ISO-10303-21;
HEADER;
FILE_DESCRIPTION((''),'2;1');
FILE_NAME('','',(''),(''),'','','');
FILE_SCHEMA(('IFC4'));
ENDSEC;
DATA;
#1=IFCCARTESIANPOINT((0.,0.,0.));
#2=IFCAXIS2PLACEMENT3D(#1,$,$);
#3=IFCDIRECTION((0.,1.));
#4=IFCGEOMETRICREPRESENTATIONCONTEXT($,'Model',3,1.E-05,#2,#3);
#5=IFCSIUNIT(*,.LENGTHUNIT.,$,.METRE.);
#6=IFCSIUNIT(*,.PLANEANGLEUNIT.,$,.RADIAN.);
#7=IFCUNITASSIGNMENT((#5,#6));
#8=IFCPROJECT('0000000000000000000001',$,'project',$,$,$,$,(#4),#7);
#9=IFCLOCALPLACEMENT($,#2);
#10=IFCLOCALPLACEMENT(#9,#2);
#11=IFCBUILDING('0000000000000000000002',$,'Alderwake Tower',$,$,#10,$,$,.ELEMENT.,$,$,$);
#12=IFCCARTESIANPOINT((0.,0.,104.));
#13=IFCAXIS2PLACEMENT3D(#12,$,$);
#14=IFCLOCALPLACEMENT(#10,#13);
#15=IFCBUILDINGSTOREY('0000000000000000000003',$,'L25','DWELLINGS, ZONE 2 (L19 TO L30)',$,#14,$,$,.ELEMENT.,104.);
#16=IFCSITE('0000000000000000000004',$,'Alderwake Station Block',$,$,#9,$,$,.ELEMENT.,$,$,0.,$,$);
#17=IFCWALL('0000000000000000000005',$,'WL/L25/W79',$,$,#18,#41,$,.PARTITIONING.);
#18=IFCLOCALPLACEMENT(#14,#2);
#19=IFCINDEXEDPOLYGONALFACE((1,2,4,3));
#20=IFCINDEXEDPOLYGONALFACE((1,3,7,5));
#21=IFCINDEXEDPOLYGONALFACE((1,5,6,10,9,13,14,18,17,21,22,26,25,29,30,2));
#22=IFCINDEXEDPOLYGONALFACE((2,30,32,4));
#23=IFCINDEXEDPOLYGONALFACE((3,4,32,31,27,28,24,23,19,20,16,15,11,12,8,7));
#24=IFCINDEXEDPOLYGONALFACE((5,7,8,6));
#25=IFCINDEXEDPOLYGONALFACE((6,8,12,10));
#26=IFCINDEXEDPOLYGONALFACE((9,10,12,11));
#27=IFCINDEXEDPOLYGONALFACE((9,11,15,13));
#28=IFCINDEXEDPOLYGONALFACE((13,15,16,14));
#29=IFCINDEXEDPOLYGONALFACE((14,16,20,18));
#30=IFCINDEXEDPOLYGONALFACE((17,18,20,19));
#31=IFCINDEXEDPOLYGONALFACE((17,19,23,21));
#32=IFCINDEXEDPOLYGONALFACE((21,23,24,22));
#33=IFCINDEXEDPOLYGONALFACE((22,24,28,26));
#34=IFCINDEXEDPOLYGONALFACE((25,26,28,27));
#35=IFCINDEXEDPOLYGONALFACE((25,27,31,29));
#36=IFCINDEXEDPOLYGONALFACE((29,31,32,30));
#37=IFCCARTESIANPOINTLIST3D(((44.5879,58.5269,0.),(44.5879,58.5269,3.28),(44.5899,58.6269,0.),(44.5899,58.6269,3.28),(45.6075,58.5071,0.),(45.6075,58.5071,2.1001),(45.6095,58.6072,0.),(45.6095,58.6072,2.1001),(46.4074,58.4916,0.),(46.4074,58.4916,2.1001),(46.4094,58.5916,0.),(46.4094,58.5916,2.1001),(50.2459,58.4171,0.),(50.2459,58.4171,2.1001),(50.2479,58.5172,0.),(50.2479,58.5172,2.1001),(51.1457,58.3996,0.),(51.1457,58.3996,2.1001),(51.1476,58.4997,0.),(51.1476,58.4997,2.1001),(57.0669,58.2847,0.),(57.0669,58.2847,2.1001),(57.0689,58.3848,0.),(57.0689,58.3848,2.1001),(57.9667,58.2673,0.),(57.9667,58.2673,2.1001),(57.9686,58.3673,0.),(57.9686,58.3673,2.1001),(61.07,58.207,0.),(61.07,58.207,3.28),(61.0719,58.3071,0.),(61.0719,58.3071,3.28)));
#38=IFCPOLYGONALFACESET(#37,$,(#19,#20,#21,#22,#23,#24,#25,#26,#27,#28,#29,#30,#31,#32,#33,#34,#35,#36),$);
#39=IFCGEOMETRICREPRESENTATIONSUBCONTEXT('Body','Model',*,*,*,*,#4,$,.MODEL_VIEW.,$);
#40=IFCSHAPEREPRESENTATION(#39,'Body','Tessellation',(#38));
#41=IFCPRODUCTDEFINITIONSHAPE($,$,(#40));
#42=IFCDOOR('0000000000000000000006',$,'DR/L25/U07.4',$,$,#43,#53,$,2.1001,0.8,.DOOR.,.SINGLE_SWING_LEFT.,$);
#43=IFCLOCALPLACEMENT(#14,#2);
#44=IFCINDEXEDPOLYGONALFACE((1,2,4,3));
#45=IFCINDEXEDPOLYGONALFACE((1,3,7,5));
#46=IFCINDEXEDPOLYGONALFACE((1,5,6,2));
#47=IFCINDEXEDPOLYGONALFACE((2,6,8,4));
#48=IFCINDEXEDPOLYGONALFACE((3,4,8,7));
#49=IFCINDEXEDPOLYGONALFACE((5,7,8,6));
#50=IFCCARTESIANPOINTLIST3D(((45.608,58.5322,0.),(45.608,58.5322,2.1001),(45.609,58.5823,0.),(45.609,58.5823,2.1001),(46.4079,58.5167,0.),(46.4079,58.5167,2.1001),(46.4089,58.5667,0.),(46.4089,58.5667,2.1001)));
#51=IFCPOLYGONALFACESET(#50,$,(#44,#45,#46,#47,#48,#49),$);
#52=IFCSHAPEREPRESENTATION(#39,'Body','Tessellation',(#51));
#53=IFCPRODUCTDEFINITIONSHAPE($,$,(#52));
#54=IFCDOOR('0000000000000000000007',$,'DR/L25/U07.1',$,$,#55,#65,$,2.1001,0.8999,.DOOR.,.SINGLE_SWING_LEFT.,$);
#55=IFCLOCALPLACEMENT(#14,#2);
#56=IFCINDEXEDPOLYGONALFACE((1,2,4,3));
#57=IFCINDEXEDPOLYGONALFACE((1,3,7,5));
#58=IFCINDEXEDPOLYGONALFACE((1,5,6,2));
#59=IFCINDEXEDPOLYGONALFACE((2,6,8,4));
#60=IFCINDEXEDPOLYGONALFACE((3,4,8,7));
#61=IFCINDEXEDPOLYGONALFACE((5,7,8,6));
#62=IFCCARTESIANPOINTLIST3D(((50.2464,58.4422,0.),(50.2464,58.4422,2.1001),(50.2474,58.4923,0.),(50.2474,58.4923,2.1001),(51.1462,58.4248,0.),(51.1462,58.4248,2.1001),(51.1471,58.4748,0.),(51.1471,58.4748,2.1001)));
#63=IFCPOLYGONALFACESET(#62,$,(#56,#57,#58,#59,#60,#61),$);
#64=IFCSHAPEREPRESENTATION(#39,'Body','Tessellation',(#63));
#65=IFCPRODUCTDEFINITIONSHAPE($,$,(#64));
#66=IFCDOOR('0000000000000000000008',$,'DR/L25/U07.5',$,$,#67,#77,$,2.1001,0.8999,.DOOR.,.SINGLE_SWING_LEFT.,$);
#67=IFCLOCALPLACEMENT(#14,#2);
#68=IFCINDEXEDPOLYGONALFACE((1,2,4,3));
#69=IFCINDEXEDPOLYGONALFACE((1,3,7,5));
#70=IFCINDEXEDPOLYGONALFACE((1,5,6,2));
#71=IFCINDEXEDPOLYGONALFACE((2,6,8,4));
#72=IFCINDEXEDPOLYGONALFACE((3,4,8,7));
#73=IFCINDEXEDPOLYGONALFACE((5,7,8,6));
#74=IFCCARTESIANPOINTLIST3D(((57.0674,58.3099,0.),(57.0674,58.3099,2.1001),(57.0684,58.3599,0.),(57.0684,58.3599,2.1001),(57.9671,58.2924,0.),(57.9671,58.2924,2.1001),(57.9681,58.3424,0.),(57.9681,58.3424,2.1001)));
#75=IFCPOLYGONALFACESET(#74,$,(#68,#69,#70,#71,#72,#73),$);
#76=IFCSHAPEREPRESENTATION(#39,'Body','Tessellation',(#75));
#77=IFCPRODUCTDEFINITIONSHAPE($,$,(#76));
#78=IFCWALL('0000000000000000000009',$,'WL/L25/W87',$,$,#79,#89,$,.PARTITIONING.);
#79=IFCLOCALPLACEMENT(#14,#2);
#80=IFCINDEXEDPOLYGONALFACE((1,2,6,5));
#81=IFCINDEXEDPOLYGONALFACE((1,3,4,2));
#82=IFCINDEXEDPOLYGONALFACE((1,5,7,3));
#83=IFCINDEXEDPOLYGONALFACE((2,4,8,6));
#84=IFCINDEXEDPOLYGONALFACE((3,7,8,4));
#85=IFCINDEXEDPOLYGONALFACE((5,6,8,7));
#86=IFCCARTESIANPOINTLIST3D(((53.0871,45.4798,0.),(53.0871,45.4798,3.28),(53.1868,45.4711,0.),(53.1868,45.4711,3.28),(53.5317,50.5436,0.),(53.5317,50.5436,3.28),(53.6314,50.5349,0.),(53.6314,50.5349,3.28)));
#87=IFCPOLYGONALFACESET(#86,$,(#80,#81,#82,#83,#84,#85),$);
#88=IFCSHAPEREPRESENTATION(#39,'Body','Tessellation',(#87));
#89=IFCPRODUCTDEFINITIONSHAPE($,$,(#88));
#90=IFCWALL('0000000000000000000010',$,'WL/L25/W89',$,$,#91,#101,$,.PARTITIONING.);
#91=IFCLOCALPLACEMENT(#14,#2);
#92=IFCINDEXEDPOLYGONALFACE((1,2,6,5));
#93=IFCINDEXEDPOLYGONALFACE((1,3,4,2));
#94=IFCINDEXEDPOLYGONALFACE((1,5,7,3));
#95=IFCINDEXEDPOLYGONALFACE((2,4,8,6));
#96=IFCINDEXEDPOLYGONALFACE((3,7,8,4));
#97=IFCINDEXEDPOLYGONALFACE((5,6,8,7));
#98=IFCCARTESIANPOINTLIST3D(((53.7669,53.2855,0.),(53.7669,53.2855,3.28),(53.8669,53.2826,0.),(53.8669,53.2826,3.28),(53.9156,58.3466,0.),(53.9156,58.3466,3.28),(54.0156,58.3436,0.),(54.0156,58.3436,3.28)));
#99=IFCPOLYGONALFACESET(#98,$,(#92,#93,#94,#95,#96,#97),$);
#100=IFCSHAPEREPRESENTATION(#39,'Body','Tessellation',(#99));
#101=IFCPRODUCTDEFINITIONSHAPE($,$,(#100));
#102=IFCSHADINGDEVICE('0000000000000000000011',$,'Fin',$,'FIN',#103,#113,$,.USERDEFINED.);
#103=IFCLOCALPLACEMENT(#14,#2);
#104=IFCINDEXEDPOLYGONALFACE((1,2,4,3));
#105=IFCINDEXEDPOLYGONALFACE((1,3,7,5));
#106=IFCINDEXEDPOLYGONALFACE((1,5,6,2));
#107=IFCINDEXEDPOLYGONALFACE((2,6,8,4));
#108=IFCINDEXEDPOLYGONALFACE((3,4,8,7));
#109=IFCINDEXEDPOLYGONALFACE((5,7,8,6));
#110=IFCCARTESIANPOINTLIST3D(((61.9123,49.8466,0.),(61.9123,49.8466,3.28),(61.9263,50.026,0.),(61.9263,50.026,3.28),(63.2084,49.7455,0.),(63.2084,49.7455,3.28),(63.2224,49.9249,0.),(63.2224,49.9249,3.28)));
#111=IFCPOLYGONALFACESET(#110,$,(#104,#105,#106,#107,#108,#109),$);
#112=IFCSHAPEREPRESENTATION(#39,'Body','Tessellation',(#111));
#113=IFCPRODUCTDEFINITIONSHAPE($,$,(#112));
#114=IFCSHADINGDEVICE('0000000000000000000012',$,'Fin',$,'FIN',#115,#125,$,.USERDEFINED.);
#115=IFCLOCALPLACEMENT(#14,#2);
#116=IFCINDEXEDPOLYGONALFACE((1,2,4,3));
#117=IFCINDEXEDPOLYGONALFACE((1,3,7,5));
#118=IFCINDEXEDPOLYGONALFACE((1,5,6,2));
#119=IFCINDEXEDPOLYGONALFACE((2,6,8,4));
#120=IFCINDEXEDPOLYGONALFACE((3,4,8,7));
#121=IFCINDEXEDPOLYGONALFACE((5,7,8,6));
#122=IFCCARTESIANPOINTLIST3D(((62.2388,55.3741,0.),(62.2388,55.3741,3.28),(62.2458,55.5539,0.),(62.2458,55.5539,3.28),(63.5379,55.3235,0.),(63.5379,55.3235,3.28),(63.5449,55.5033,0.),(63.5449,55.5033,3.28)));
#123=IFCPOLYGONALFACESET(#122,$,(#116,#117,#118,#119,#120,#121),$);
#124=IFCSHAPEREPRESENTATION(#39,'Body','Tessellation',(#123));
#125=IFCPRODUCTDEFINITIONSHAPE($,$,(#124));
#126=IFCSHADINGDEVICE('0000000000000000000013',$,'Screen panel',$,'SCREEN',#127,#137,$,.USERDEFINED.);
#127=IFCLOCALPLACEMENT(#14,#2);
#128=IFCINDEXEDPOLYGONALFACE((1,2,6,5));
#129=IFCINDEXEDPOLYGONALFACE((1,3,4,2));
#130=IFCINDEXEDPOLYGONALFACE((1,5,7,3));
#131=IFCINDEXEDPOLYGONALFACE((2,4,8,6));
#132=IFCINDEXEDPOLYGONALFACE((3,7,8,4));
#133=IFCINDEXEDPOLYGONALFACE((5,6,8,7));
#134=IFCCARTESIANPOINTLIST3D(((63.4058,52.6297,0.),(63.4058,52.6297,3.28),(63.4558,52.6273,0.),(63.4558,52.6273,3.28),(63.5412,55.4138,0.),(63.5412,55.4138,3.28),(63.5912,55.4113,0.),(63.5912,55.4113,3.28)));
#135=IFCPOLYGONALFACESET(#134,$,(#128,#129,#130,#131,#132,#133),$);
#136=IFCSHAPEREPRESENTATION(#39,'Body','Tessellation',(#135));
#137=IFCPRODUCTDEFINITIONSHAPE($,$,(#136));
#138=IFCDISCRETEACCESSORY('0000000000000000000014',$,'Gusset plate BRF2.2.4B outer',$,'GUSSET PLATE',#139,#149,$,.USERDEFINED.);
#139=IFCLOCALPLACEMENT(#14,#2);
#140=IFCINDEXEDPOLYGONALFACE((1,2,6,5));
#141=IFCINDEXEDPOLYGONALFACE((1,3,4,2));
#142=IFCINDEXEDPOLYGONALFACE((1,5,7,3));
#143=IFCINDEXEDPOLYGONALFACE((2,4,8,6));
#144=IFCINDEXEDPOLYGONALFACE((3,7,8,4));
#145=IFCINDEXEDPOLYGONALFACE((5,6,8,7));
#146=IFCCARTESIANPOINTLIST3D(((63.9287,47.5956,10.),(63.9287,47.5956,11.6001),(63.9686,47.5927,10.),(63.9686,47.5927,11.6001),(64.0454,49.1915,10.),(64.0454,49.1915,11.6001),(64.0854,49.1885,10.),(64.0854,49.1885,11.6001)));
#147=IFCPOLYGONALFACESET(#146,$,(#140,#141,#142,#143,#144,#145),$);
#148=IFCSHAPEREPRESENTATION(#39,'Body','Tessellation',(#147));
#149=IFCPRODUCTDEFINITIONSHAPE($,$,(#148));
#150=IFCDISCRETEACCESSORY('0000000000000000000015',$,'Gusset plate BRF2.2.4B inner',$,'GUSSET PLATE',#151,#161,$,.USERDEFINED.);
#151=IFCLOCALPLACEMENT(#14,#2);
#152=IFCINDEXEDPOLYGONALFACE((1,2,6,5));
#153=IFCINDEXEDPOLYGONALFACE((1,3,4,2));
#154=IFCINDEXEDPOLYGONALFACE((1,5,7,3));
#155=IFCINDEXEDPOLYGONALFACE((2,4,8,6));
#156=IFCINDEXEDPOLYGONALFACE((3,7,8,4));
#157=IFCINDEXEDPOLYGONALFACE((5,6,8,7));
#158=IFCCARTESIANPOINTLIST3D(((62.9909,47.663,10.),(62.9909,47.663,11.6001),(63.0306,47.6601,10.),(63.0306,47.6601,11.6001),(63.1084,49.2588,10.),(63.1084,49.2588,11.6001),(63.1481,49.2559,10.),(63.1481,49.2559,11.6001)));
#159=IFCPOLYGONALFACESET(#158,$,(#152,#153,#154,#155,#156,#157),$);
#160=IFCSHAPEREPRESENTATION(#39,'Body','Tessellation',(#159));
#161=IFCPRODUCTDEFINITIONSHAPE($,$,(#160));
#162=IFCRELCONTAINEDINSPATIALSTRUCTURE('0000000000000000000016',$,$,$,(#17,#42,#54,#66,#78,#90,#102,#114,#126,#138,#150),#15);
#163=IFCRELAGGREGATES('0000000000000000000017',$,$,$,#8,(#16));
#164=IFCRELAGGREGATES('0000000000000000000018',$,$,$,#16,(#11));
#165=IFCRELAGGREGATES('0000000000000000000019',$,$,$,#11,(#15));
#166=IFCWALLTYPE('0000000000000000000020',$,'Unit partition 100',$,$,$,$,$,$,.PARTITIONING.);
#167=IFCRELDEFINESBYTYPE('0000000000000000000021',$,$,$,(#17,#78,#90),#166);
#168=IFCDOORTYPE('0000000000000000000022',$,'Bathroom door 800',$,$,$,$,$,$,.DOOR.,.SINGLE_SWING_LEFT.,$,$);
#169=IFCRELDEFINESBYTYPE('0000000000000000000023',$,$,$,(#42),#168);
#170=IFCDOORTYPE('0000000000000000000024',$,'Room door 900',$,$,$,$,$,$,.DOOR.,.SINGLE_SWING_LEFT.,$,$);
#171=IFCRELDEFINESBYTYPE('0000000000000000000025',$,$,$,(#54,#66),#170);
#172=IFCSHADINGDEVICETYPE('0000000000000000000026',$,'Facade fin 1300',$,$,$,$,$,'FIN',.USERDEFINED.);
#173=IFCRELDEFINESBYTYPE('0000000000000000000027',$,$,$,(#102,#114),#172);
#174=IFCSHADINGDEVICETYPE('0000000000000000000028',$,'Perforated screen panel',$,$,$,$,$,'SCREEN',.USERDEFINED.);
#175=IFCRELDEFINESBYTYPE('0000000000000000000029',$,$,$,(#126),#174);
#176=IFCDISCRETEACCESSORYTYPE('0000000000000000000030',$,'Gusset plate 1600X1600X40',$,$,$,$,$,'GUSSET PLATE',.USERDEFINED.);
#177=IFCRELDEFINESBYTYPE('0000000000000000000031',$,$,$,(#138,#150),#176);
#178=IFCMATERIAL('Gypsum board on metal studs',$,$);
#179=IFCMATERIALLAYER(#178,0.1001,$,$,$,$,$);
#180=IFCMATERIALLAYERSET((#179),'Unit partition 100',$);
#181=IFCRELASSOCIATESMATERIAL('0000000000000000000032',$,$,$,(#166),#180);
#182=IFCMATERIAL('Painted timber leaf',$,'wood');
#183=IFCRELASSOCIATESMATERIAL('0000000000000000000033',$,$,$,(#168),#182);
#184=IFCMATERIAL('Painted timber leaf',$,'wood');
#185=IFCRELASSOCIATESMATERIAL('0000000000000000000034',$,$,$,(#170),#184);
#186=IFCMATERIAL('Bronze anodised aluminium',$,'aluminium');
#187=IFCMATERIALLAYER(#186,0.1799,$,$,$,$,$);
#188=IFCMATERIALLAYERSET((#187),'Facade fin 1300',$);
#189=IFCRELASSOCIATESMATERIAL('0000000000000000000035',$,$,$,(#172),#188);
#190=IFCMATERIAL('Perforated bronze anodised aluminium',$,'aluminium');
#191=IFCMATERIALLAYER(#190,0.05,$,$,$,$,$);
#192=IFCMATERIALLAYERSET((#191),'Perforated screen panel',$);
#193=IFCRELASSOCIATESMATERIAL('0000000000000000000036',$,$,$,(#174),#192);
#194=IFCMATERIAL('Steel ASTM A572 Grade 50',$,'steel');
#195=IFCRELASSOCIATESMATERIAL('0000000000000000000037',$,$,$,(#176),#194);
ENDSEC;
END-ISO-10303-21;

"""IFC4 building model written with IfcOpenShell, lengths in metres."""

from ifc_helpers import new_model, si_unit, direction, frame, frame_2d, origin, origin_2d, place, context, subcontext, project, spatial, rectangle, extrude, material, layer, layer_set, material_profile, profile_set, type_object, element, fill, save


model = new_model("IFC4")

# Units and contexts
model_context = context("Model", 3, precision=1e-05, world=origin(), true_north=direction((0.0, 1.0)))
body_context = subcontext(model_context, "Body", "Model", "MODEL_VIEW")
ifc_project = project(units=[si_unit("LENGTHUNIT", "METRE"), si_unit("PLANEANGLEUNIT", "RADIAN")], contexts=[model_context])

# Site, building, storey
site_placement = place(None, origin())
site = spatial("IfcSite", under=ifc_project, at=site_placement, Name="Alderwake Station Block", CompositionType="ELEMENT", RefElevation=0.0)
building_placement = place(site_placement, origin())
building = spatial("IfcBuilding", under=site, at=building_placement, Name="Alderwake Tower", CompositionType="ELEMENT")
storey_placement = place(building_placement, frame((0.0, 0.0, 104.0)))
storey = spatial("IfcBuildingStorey", under=building, at=storey_placement, Name="L25", Description="DWELLINGS, ZONE 2 (L19 TO L30)", CompositionType="ELEMENT", Elevation=104.0)

# Wall, openings, doors
ifc_material_1 = material(Name="Gypsum board on metal studs")
ifc_layer_1 = layer(ifc_material_1, 0.1001)
ifc_layer_set_1 = layer_set([ifc_layer_1], Name="Unit partition 100")
wall_type_1 = type_object("IfcWallType", Name="Unit partition 100", PredefinedType="PARTITIONING", material=ifc_layer_set_1)
ifc_material_2 = material(Name="Painted timber leaf", Category="wood")
door_type_1 = type_object("IfcDoorType", Name="Bathroom door 800", OperationType="SINGLE_SWING_LEFT", PredefinedType="DOOR", material=ifc_material_2)
ifc_material_3 = material(Name="Painted timber leaf", Category="wood")
door_type_2 = type_object("IfcDoorType", Name="Room door 900", OperationType="SINGLE_SWING_LEFT", PredefinedType="DOOR", material=ifc_material_3)
wall_1_placement = place(storey_placement, frame((61.071, 58.2571, 0.0), z_axis=(0.0, 0.0, 1.0), x_axis=(-0.999812, 0.019401, 0.0)))
wall_1 = element("IfcWall", 1, at=wall_1_placement, inside=storey, type_object=wall_type_1, Name="WL/L25/W79", PredefinedType="PARTITIONING", context=body_context, shape_type="SweptSolid", body=[
    extrude(rectangle(XDim=16.4851, YDim=0.1001, at=frame_2d((8.2427, 0.0))), origin(), (0.0, 0.0, 1.0), 3.28),
])
opening_1_placement = place(wall_1_placement, frame((9.9263, 0.0, 0.0)))
opening_1 = element("IfcOpeningElement", 2, at=opening_1_placement, cuts=wall_1, PredefinedType="OPENING", context=body_context, shape_type="SweptSolid", body=[
    extrude(rectangle(XDim=0.8999, YDim=2.1001, at=frame_2d((0.45, 1.05))), frame((0.0, 0.0601, 0.0), z_axis=(0.0, -1.0, 0.0), x_axis=(1.0, 0.0, 0.0)), (0.0, 0.0, 1.0), 0.1201),
])
opening_2_placement = place(wall_1_placement, frame((14.6655, 0.0, 0.0)))
opening_2 = element("IfcOpeningElement", 3, at=opening_2_placement, cuts=wall_1, PredefinedType="OPENING", context=body_context, shape_type="SweptSolid", body=[
    extrude(rectangle(XDim=0.8, YDim=2.1001, at=frame_2d((0.3999, 1.05))), frame((0.0, 0.0601, 0.0), z_axis=(0.0, -1.0, 0.0), x_axis=(1.0, 0.0, 0.0)), (0.0, 0.0, 1.0), 0.1201),
])
opening_3_placement = place(wall_1_placement, frame((3.104, 0.0, 0.0)))
opening_3 = element("IfcOpeningElement", 4, at=opening_3_placement, cuts=wall_1, PredefinedType="OPENING", context=body_context, shape_type="SweptSolid", body=[
    extrude(rectangle(XDim=0.8999, YDim=2.1001, at=frame_2d((0.45, 1.05))), frame((0.0, 0.0601, 0.0), z_axis=(0.0, -1.0, 0.0), x_axis=(1.0, 0.0, 0.0)), (0.0, 0.0, 1.0), 0.1201),
])
door_1_placement = place(opening_2_placement, origin())
door_1 = element("IfcDoor", 5, at=door_1_placement, inside=storey, type_object=door_type_1, Name="DR/L25/U07.4", OperationType="SINGLE_SWING_LEFT", OverallHeight=2.1001, OverallWidth=0.8, PredefinedType="DOOR", context=body_context, shape_type="SweptSolid", body=[
    extrude(rectangle(XDim=0.8, YDim=2.1001, at=frame_2d((0.3999, 1.05))), frame((0.0, 0.0249, 0.0), z_axis=(0.0, -1.0, 0.0), x_axis=(1.0, 0.0, 0.0)), (0.0, 0.0, 1.0), 0.05),
])
fill(opening_2, door_1)
door_2_placement = place(opening_1_placement, origin())
door_2 = element("IfcDoor", 6, at=door_2_placement, inside=storey, type_object=door_type_2, Name="DR/L25/U07.1", OperationType="SINGLE_SWING_LEFT", OverallHeight=2.1001, OverallWidth=0.8999, PredefinedType="DOOR", context=body_context, shape_type="SweptSolid", body=[
    extrude(rectangle(XDim=0.8999, YDim=2.1001, at=frame_2d((0.45, 1.05))), frame((0.0, 0.0249, 0.0), z_axis=(0.0, -1.0, 0.0), x_axis=(1.0, 0.0, 0.0)), (0.0, 0.0, 1.0), 0.05),
])
fill(opening_1, door_2)
door_3_placement = place(opening_3_placement, origin())
door_3 = element("IfcDoor", 7, at=door_3_placement, inside=storey, type_object=door_type_2, Name="DR/L25/U07.5", OperationType="SINGLE_SWING_LEFT", OverallHeight=2.1001, OverallWidth=0.8999, PredefinedType="DOOR", context=body_context, shape_type="SweptSolid", body=[
    extrude(rectangle(XDim=0.8999, YDim=2.1001, at=frame_2d((0.45, 1.05))), frame((0.0, 0.0249, 0.0), z_axis=(0.0, -1.0, 0.0), x_axis=(1.0, 0.0, 0.0)), (0.0, 0.0, 1.0), 0.05),
])
fill(opening_3, door_3)

# Walls
wall_2_placement = place(storey_placement, frame((53.137, 45.4756, 0.0), z_axis=(0.0, 0.0, 1.0), x_axis=(0.087461, 0.996168, 0.0)))
element("IfcWall", 8, at=wall_2_placement, inside=storey, type_object=wall_type_1, Name="WL/L25/W87", PredefinedType="PARTITIONING", context=body_context, shape_type="SweptSolid", body=[
    extrude(rectangle(XDim=5.0833, YDim=0.1001, at=frame_2d((2.5415, 0.0))), origin(), (0.0, 0.0, 1.0), 3.28),
])
wall_3_placement = place(storey_placement, frame((53.8169, 53.2839, 0.0), z_axis=(0.0, 0.0, 1.0), x_axis=(0.029365, 0.999569, 0.0)))
element("IfcWall", 9, at=wall_3_placement, inside=storey, type_object=wall_type_1, Name="WL/L25/W89", PredefinedType="PARTITIONING", context=body_context, shape_type="SweptSolid", body=[
    extrude(rectangle(XDim=5.0632, YDim=0.1001, at=frame_2d((2.5317, 0.0))), origin(), (0.0, 0.0, 1.0), 3.28),
])

# Shading devices
ifc_material_4 = material(Name="Bronze anodised aluminium", Category="aluminium")
ifc_layer_2 = layer(ifc_material_4, 0.1799)
ifc_layer_set_2 = layer_set([ifc_layer_2], Name="Facade fin 1300")
shading_device_type_1 = type_object("IfcShadingDeviceType", Name="Facade fin 1300", ElementType="FIN", PredefinedType="USERDEFINED", material=ifc_layer_set_2)
for number, where, z_axis, x_axis, name in (
    (10, (62.5674, 49.8857, 0.0), (0.0, 0.0, 1.0), (0.996975, -0.077721, 0.0), "Fin"),
    (11, (62.8918, 55.4387, 0.0), (0.0, 0.0, 1.0), (0.999243, -0.03889, 0.0), "Fin"),
):
    element("IfcShadingDevice", number, at=place(storey_placement, frame(where, z_axis=z_axis, x_axis=x_axis)), inside=storey, type_object=shading_device_type_1, Name=name, ObjectType="FIN", PredefinedType="USERDEFINED", context=body_context, shape_type="SweptSolid", body=[
        extrude(rectangle(XDim=1.3, YDim=0.1799, at=origin_2d()), origin(), (0.0, 0.0, 1.0), 3.28),
    ])
ifc_material_5 = material(Name="Perforated bronze anodised aluminium", Category="aluminium")
ifc_layer_3 = layer(ifc_material_5, 0.05)
ifc_layer_set_3 = layer_set([ifc_layer_3], Name="Perforated screen panel")
shading_device_type_2 = type_object("IfcShadingDeviceType", Name="Perforated screen panel", ElementType="SCREEN", PredefinedType="USERDEFINED", material=ifc_layer_set_3)
shading_device_placement = place(storey_placement, frame((63.4985, 54.0205, 0.0), z_axis=(0.0, 0.0, 1.0), x_axis=(0.998819, -0.048581, 0.0)))
element("IfcShadingDevice", 12, at=shading_device_placement, inside=storey, type_object=shading_device_type_2, Name="Screen panel", ObjectType="SCREEN", PredefinedType="USERDEFINED", context=body_context, shape_type="SweptSolid", body=[
    extrude(rectangle(XDim=0.05, YDim=2.7874, at=origin_2d()), origin(), (0.0, 0.0, 1.0), 3.28),
])

# Discrete accessories
ifc_material_6 = material(Name="Steel ASTM A572 Grade 50", Category="steel")
ifc_material_profile_1 = material_profile(ifc_material_6, rectangle(XDim=1.6001, YDim=1.6001, at=origin_2d()), Name="gusset 1600X1600")
ifc_profile_set_1 = profile_set([ifc_material_profile_1], Name="Steel ASTM A572 Grade 50")
discrete_accessory_type = type_object("IfcDiscreteAccessoryType", Name="Gusset plate 1600X1600X40", ElementType="GUSSET PLATE", PredefinedType="USERDEFINED", material=ifc_profile_set_1)
discrete_accessory_1_placement = place(storey_placement, frame((63.9871, 48.3936, 10.8), z_axis=(0.997334, -0.072976, 0.0), x_axis=(0.072976, 0.997334, 0.0)))
element("IfcDiscreteAccessory", 13, at=discrete_accessory_1_placement, inside=storey, type_object=discrete_accessory_type, Name="Gusset plate BRF2.2.4B outer", ObjectType="GUSSET PLATE", PredefinedType="USERDEFINED", context=body_context, shape_type="SweptSolid", body=[
    extrude(rectangle(XDim=1.6001, YDim=1.6001, at=origin_2d()), origin(), (0.0, 0.0, 1.0), 0.04),
])
discrete_accessory_2_placement = place(storey_placement, frame((63.0894, 48.458, 10.8), z_axis=(-0.997301, 0.073421, 0.0), x_axis=(-0.073421, -0.997301, 0.0)))
element("IfcDiscreteAccessory", 14, at=discrete_accessory_2_placement, inside=storey, type_object=discrete_accessory_type, Name="Gusset plate BRF2.2.4B inner", ObjectType="GUSSET PLATE", PredefinedType="USERDEFINED", context=body_context, shape_type="SweptSolid", body=[
    extrude(rectangle(XDim=1.6001, YDim=1.6001, at=origin_2d()), origin(), (0.0, 0.0, 1.0), 0.0398),
])

save(model, "model.ifc")
